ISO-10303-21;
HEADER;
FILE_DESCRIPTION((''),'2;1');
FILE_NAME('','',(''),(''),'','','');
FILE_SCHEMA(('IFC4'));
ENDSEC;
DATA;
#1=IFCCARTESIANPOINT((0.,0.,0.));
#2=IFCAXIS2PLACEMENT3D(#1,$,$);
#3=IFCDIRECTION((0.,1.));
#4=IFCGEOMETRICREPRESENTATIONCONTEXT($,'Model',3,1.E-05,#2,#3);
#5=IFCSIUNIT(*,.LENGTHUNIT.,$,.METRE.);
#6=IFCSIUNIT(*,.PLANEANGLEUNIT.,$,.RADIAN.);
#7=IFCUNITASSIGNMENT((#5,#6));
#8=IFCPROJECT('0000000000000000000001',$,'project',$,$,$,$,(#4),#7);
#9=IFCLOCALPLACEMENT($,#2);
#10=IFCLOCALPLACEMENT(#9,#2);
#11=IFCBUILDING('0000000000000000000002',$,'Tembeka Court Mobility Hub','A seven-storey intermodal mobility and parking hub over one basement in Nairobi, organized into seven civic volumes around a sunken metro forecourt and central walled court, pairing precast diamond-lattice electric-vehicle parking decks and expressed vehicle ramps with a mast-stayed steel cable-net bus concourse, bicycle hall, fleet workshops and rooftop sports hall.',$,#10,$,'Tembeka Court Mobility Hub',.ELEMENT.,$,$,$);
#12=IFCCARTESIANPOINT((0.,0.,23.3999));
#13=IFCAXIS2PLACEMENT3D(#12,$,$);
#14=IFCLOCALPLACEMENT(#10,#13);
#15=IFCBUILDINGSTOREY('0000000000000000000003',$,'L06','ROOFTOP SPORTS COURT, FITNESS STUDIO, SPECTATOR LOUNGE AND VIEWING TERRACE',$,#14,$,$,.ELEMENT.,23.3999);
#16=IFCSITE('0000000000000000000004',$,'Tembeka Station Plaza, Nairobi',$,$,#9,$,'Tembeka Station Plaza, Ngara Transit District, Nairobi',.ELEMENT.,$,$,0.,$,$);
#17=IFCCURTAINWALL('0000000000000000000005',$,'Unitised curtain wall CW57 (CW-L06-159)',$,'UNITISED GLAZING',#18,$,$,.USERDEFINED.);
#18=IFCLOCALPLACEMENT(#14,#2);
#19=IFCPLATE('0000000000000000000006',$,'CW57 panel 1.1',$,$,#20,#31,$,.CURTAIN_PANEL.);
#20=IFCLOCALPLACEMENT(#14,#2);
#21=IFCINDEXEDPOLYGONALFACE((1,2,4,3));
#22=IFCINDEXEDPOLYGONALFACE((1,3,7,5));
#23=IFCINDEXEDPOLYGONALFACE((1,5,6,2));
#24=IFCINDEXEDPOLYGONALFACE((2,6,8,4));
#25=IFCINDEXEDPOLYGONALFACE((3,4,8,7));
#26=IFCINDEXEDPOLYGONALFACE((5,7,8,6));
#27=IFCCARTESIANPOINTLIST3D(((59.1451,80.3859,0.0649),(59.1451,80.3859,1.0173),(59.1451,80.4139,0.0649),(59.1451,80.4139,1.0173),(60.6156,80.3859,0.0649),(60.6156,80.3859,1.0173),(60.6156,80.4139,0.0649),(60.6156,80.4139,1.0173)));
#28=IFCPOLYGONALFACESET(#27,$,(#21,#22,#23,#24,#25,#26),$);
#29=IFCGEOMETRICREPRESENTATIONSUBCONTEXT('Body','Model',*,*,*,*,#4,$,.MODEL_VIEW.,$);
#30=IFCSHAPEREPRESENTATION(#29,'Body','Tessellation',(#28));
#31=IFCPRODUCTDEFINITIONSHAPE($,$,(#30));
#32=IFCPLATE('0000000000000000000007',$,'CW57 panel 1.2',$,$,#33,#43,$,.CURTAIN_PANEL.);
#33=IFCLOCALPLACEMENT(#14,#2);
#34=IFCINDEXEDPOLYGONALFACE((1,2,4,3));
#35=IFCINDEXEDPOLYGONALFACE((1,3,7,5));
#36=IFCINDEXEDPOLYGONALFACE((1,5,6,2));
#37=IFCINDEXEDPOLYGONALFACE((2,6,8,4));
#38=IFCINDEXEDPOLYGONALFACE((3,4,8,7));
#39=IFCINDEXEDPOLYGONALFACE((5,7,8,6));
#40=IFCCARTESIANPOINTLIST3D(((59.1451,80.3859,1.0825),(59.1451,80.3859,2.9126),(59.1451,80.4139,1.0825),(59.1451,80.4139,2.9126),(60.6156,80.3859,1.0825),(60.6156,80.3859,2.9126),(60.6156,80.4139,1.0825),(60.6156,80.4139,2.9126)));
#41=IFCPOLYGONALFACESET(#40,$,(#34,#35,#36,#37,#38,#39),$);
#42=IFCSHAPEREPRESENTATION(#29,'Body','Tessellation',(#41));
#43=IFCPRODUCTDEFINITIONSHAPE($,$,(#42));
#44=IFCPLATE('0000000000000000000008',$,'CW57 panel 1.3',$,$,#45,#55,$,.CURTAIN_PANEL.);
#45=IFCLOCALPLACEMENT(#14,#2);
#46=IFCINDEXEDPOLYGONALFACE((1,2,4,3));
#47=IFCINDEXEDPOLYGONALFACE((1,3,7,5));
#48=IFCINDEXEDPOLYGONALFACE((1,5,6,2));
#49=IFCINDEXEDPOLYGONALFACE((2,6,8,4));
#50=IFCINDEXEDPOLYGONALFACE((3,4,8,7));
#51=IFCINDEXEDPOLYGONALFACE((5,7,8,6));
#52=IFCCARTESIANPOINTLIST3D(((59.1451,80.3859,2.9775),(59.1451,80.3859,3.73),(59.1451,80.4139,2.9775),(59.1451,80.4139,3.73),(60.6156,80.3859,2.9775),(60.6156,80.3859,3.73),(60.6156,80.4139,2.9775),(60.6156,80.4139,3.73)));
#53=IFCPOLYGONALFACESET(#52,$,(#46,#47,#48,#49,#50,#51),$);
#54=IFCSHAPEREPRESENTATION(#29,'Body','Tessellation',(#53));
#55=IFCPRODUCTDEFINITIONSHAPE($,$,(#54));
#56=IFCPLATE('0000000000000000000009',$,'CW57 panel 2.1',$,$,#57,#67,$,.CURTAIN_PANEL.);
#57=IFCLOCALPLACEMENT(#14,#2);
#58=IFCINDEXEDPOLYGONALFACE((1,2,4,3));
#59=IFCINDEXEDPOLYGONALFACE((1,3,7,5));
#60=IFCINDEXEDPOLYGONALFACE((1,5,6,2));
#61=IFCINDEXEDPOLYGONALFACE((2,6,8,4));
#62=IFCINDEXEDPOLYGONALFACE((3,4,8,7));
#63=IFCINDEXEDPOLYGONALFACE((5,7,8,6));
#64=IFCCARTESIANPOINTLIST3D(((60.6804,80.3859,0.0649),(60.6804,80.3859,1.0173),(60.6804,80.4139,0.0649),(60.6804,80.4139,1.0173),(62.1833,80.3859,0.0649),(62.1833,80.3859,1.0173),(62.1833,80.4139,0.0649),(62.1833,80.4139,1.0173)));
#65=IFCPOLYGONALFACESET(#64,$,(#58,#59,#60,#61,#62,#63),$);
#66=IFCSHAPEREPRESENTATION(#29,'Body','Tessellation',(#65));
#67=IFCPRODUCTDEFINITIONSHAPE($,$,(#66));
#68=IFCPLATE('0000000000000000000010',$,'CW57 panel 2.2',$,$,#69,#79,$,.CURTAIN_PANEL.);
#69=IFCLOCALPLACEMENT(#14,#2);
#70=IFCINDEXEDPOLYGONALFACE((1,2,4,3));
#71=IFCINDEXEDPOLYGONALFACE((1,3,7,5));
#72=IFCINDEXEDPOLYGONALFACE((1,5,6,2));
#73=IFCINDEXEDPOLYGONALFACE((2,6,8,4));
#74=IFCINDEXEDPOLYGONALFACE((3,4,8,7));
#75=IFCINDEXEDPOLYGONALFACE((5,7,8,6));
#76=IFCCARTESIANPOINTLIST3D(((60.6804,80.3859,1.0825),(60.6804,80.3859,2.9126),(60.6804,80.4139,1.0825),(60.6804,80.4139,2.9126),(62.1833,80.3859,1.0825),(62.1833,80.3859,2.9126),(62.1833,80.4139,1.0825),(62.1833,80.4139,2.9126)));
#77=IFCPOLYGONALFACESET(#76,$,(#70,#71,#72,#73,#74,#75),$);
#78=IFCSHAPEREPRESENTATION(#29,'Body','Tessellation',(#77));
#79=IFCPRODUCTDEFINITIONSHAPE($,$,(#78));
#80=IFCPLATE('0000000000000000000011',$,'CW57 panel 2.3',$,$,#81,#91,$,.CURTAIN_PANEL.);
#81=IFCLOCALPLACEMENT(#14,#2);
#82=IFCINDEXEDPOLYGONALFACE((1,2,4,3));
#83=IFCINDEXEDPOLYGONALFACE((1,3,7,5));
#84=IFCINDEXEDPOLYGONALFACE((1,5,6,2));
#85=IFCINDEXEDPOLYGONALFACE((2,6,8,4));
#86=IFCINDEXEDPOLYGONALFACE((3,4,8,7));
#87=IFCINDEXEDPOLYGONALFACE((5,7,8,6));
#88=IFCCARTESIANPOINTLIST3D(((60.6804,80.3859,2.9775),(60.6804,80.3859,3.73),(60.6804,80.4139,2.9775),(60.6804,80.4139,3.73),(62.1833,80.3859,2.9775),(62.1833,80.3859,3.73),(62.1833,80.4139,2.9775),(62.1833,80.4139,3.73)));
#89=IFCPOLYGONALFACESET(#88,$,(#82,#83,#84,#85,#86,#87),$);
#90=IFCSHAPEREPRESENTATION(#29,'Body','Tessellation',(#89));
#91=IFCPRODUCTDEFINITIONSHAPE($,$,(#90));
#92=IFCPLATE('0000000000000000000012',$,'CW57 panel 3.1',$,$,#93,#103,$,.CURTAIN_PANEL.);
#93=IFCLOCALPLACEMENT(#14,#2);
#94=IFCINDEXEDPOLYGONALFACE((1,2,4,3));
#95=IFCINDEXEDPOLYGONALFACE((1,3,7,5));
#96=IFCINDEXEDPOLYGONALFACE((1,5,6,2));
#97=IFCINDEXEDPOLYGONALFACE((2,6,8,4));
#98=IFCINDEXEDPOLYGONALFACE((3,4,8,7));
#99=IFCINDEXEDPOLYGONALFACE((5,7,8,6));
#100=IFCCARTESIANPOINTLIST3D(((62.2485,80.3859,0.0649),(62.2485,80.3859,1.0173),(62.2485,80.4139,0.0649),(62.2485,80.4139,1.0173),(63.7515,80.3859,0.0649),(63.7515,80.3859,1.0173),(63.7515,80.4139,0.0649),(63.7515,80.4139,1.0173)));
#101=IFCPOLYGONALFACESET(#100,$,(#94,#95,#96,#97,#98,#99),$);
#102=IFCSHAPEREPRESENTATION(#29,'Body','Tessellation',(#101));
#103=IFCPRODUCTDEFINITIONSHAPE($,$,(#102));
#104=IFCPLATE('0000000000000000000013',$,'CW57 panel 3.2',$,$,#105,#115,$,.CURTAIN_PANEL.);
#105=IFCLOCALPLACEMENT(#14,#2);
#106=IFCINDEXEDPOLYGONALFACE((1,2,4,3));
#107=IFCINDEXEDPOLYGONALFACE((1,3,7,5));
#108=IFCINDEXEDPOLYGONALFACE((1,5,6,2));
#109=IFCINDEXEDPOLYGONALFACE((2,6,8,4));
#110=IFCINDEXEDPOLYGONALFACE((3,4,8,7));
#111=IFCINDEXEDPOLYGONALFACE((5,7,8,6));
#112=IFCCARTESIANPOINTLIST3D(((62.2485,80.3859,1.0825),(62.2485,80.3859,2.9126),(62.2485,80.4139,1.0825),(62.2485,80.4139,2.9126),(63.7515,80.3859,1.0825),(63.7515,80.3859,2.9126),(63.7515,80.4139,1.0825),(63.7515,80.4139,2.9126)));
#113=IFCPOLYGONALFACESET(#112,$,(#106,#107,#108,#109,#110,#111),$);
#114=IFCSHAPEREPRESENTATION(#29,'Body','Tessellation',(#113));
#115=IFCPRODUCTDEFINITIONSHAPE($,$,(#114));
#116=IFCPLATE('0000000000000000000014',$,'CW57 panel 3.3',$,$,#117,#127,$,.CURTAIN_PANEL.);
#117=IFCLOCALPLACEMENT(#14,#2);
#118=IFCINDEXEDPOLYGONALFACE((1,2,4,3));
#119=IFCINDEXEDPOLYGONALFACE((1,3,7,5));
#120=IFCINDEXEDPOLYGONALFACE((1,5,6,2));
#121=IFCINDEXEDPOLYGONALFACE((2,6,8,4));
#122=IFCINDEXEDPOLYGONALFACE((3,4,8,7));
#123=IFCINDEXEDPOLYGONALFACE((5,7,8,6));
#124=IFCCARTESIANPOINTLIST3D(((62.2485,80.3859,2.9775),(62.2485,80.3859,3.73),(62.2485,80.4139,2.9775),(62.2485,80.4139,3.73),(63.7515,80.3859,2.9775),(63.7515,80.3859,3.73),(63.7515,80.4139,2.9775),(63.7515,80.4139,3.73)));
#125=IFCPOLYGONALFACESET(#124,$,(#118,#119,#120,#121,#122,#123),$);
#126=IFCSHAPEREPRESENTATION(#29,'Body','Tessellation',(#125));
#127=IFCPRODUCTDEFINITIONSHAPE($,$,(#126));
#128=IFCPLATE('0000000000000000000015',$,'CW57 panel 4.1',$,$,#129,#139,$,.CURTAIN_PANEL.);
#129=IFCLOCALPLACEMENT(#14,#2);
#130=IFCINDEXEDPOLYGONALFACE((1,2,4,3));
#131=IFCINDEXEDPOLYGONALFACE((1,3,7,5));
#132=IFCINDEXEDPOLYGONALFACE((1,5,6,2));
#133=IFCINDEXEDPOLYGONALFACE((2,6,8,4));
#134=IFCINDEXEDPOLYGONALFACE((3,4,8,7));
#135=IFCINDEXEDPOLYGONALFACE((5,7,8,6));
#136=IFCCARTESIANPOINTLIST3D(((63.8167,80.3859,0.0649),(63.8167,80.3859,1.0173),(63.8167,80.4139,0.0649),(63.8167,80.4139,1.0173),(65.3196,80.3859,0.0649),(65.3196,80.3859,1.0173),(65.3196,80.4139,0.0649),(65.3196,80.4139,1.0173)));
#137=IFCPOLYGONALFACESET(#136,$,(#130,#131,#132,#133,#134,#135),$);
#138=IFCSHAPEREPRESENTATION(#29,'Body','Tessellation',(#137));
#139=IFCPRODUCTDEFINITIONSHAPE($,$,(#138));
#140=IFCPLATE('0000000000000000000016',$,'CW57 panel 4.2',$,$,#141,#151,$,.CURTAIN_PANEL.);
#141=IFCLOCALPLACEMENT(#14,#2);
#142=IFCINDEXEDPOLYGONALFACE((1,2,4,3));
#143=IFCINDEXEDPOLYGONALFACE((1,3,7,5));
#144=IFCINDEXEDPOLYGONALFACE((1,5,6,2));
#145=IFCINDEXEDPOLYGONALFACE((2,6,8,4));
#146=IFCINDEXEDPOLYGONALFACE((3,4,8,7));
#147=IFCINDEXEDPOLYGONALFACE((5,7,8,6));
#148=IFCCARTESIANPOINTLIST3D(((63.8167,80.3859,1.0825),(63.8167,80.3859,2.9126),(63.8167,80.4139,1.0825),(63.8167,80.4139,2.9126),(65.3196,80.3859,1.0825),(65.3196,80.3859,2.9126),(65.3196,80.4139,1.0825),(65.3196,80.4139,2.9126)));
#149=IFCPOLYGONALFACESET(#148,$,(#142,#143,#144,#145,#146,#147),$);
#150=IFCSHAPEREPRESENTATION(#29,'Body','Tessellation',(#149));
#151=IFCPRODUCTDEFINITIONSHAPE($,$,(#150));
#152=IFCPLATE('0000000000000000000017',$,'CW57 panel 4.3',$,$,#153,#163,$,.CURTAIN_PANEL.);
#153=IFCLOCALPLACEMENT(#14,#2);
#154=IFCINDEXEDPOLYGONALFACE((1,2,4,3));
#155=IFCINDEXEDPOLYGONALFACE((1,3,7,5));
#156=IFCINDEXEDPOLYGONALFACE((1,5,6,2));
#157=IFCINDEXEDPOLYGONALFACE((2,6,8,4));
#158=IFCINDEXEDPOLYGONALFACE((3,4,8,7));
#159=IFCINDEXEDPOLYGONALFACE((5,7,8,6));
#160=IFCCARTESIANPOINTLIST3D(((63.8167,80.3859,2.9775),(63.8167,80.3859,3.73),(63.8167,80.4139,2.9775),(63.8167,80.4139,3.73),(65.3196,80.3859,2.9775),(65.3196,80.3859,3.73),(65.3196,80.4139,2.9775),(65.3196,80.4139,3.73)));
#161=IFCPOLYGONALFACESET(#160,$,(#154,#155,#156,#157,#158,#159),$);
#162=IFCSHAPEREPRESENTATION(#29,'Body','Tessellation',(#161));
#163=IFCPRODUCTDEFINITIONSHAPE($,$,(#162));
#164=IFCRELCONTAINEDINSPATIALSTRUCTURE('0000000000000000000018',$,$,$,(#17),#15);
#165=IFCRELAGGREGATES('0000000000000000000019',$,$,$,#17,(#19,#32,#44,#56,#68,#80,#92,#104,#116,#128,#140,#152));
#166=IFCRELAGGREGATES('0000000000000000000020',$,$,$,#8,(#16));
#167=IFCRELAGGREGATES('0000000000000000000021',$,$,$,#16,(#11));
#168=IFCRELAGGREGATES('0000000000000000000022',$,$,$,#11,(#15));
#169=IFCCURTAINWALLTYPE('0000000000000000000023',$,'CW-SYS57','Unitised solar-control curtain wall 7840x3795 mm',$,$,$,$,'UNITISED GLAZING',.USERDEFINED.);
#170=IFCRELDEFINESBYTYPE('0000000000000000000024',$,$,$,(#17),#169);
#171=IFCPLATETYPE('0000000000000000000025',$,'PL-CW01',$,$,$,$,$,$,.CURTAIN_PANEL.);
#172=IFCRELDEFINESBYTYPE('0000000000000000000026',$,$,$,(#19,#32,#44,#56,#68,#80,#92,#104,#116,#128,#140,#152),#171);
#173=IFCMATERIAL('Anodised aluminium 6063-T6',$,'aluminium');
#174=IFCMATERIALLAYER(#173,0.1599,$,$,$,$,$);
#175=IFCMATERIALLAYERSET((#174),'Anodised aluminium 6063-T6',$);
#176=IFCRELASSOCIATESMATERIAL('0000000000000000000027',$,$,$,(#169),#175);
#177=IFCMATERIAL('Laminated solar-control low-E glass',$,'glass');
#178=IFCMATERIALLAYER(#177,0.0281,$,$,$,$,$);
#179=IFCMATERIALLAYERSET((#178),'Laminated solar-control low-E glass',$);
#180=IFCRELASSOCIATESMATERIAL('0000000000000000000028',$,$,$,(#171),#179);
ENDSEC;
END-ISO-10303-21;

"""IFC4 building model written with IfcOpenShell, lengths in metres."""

from ifc_helpers import new_model, si_unit, direction, frame, origin, origin_2d, place, context, subcontext, project, spatial, rectangle, extrude, material, layer, layer_set, type_object, element, aggregate, save


model = new_model("IFC4")

# Units and contexts
model_context = context("Model", 3, precision=1e-05, world=origin(), true_north=direction((0.0, 1.0)))
body_context = subcontext(model_context, "Body", "Model", "MODEL_VIEW")
ifc_project = project(units=[si_unit("LENGTHUNIT", "METRE"), si_unit("PLANEANGLEUNIT", "RADIAN")], contexts=[model_context])

# Site, building, storey
site_placement = place(None, origin())
site = spatial("IfcSite", under=ifc_project, at=site_placement, Name="Tembeka Station Plaza, Nairobi", LongName="Tembeka Station Plaza, Ngara Transit District, Nairobi", CompositionType="ELEMENT", RefElevation=0.0)
building_placement = place(site_placement, origin())
building = spatial("IfcBuilding", under=site, at=building_placement, Name="Tembeka Court Mobility Hub", Description="A seven-storey intermodal mobility and parking hub over one basement in Nairobi, organized into seven civic volumes around a sunken metro forecourt and central walled court, pairing precast diamond-lattice electric-vehicle parking decks and expressed vehicle ramps with a mast-stayed steel cable-net bus concourse, bicycle hall, fleet workshops and rooftop sports hall.", LongName="Tembeka Court Mobility Hub", CompositionType="ELEMENT")
storey_placement = place(building_placement, frame((0.0, 0.0, 23.3999)))
storey = spatial("IfcBuildingStorey", under=building, at=storey_placement, Name="L06", Description="ROOFTOP SPORTS COURT, FITNESS STUDIO, SPECTATOR LOUNGE AND VIEWING TERRACE", CompositionType="ELEMENT", Elevation=23.3999)

# Curtain wall, plates
ifc_material_1 = material(Name="Anodised aluminium 6063-T6", Category="aluminium")
ifc_layer_1 = layer(ifc_material_1, 0.1599)
ifc_layer_set_1 = layer_set([ifc_layer_1], Name="Anodised aluminium 6063-T6")
curtain_wall_type = type_object("IfcCurtainWallType", Name="CW-SYS57", Description="Unitised solar-control curtain wall 7840x3795 mm", ElementType="UNITISED GLAZING", PredefinedType="USERDEFINED", material=ifc_layer_set_1)
curtain_wall_placement = place(storey_placement, origin())
curtain_wall = element("IfcCurtainWall", 1, at=curtain_wall_placement, inside=storey, type_object=curtain_wall_type, Name="Unitised curtain wall CW57 (CW-L06-159)", ObjectType="UNITISED GLAZING", PredefinedType="USERDEFINED")
ifc_material_2 = material(Name="Laminated solar-control low-E glass", Category="glass")
ifc_layer_2 = layer(ifc_material_2, 0.0281)
ifc_layer_set_2 = layer_set([ifc_layer_2], Name="Laminated solar-control low-E glass")
plate_type = type_object("IfcPlateType", Name="PL-CW01", PredefinedType="CURTAIN_PANEL", material=ifc_layer_set_2)
plate_1_placement = place(storey_placement, frame((59.8804, 80.3999, 0.0649), z_axis=(0.0, 0.0, 1.0), x_axis=(1.0, 0.0, 0.0)))
plate_1 = element("IfcPlate", 2, at=plate_1_placement, type_object=plate_type, Name="CW57 panel 1.1", PredefinedType="CURTAIN_PANEL", context=body_context, shape_type="SweptSolid", body=[
    extrude(rectangle(XDim=1.4705, YDim=0.0281, at=origin_2d()), origin(), (0.0, 0.0, 1.0), 0.9524),
])
plate_2_placement = place(storey_placement, frame((59.8804, 80.3999, 1.0825), z_axis=(0.0, 0.0, 1.0), x_axis=(1.0, 0.0, 0.0)))
plate_2 = element("IfcPlate", 3, at=plate_2_placement, type_object=plate_type, Name="CW57 panel 1.2", PredefinedType="CURTAIN_PANEL", context=body_context, shape_type="SweptSolid", body=[
    extrude(rectangle(XDim=1.4705, YDim=0.0281, at=origin_2d()), origin(), (0.0, 0.0, 1.0), 1.8301),
])
plate_3_placement = place(storey_placement, frame((59.8804, 80.3999, 2.9775), z_axis=(0.0, 0.0, 1.0), x_axis=(1.0, 0.0, 0.0)))
plate_3 = element("IfcPlate", 4, at=plate_3_placement, type_object=plate_type, Name="CW57 panel 1.3", PredefinedType="CURTAIN_PANEL", context=body_context, shape_type="SweptSolid", body=[
    extrude(rectangle(XDim=1.4705, YDim=0.0281, at=origin_2d()), origin(), (0.0, 0.0, 1.0), 0.7524),
])
plate_4_placement = place(storey_placement, frame((61.4319, 80.3999, 0.0649), z_axis=(0.0, 0.0, 1.0), x_axis=(1.0, 0.0, 0.0)))
plate_4 = element("IfcPlate", 5, at=plate_4_placement, type_object=plate_type, Name="CW57 panel 2.1", PredefinedType="CURTAIN_PANEL", context=body_context, shape_type="SweptSolid", body=[
    extrude(rectangle(XDim=1.5029, YDim=0.0281, at=origin_2d()), origin(), (0.0, 0.0, 1.0), 0.9524),
])
plate_5_placement = place(storey_placement, frame((61.4319, 80.3999, 1.0825), z_axis=(0.0, 0.0, 1.0), x_axis=(1.0, 0.0, 0.0)))
plate_5 = element("IfcPlate", 6, at=plate_5_placement, type_object=plate_type, Name="CW57 panel 2.2", PredefinedType="CURTAIN_PANEL", context=body_context, shape_type="SweptSolid", body=[
    extrude(rectangle(XDim=1.5029, YDim=0.0281, at=origin_2d()), origin(), (0.0, 0.0, 1.0), 1.8301),
])
plate_6_placement = place(storey_placement, frame((61.4319, 80.3999, 2.9775), z_axis=(0.0, 0.0, 1.0), x_axis=(1.0, 0.0, 0.0)))
plate_6 = element("IfcPlate", 7, at=plate_6_placement, type_object=plate_type, Name="CW57 panel 2.3", PredefinedType="CURTAIN_PANEL", context=body_context, shape_type="SweptSolid", body=[
    extrude(rectangle(XDim=1.5029, YDim=0.0281, at=origin_2d()), origin(), (0.0, 0.0, 1.0), 0.7524),
])
plate_7_placement = place(storey_placement, frame((63.0, 80.3999, 0.0649), z_axis=(0.0, 0.0, 1.0), x_axis=(1.0, 0.0, 0.0)))
plate_7 = element("IfcPlate", 8, at=plate_7_placement, type_object=plate_type, Name="CW57 panel 3.1", PredefinedType="CURTAIN_PANEL", context=body_context, shape_type="SweptSolid", body=[
    extrude(rectangle(XDim=1.5029, YDim=0.0281, at=origin_2d()), origin(), (0.0, 0.0, 1.0), 0.9524),
])
plate_8_placement = place(storey_placement, frame((63.0, 80.3999, 1.0825), z_axis=(0.0, 0.0, 1.0), x_axis=(1.0, 0.0, 0.0)))
plate_8 = element("IfcPlate", 9, at=plate_8_placement, type_object=plate_type, Name="CW57 panel 3.2", PredefinedType="CURTAIN_PANEL", context=body_context, shape_type="SweptSolid", body=[
    extrude(rectangle(XDim=1.5029, YDim=0.0281, at=origin_2d()), origin(), (0.0, 0.0, 1.0), 1.8301),
])
plate_9_placement = place(storey_placement, frame((63.0, 80.3999, 2.9775), z_axis=(0.0, 0.0, 1.0), x_axis=(1.0, 0.0, 0.0)))
plate_9 = element("IfcPlate", 10, at=plate_9_placement, type_object=plate_type, Name="CW57 panel 3.3", PredefinedType="CURTAIN_PANEL", context=body_context, shape_type="SweptSolid", body=[
    extrude(rectangle(XDim=1.5029, YDim=0.0281, at=origin_2d()), origin(), (0.0, 0.0, 1.0), 0.7524),
])
plate_10_placement = place(storey_placement, frame((64.5681, 80.3999, 0.0649), z_axis=(0.0, 0.0, 1.0), x_axis=(1.0, 0.0, 0.0)))
plate_10 = element("IfcPlate", 11, at=plate_10_placement, type_object=plate_type, Name="CW57 panel 4.1", PredefinedType="CURTAIN_PANEL", context=body_context, shape_type="SweptSolid", body=[
    extrude(rectangle(XDim=1.5029, YDim=0.0281, at=origin_2d()), origin(), (0.0, 0.0, 1.0), 0.9524),
])
plate_11_placement = place(storey_placement, frame((64.5681, 80.3999, 1.0825), z_axis=(0.0, 0.0, 1.0), x_axis=(1.0, 0.0, 0.0)))
plate_11 = element("IfcPlate", 12, at=plate_11_placement, type_object=plate_type, Name="CW57 panel 4.2", PredefinedType="CURTAIN_PANEL", context=body_context, shape_type="SweptSolid", body=[
    extrude(rectangle(XDim=1.5029, YDim=0.0281, at=origin_2d()), origin(), (0.0, 0.0, 1.0), 1.8301),
])
plate_12_placement = place(storey_placement, frame((64.5681, 80.3999, 2.9775), z_axis=(0.0, 0.0, 1.0), x_axis=(1.0, 0.0, 0.0)))
plate_12 = element("IfcPlate", 13, at=plate_12_placement, type_object=plate_type, Name="CW57 panel 4.3", PredefinedType="CURTAIN_PANEL", context=body_context, shape_type="SweptSolid", body=[
    extrude(rectangle(XDim=1.5029, YDim=0.0281, at=origin_2d()), origin(), (0.0, 0.0, 1.0), 0.7524),
])
aggregate(curtain_wall, [plate_1, plate_2, plate_3, plate_4, plate_5, plate_6, plate_7, plate_8, plate_9, plate_10, plate_11, plate_12])

save(model, "model.ifc")
